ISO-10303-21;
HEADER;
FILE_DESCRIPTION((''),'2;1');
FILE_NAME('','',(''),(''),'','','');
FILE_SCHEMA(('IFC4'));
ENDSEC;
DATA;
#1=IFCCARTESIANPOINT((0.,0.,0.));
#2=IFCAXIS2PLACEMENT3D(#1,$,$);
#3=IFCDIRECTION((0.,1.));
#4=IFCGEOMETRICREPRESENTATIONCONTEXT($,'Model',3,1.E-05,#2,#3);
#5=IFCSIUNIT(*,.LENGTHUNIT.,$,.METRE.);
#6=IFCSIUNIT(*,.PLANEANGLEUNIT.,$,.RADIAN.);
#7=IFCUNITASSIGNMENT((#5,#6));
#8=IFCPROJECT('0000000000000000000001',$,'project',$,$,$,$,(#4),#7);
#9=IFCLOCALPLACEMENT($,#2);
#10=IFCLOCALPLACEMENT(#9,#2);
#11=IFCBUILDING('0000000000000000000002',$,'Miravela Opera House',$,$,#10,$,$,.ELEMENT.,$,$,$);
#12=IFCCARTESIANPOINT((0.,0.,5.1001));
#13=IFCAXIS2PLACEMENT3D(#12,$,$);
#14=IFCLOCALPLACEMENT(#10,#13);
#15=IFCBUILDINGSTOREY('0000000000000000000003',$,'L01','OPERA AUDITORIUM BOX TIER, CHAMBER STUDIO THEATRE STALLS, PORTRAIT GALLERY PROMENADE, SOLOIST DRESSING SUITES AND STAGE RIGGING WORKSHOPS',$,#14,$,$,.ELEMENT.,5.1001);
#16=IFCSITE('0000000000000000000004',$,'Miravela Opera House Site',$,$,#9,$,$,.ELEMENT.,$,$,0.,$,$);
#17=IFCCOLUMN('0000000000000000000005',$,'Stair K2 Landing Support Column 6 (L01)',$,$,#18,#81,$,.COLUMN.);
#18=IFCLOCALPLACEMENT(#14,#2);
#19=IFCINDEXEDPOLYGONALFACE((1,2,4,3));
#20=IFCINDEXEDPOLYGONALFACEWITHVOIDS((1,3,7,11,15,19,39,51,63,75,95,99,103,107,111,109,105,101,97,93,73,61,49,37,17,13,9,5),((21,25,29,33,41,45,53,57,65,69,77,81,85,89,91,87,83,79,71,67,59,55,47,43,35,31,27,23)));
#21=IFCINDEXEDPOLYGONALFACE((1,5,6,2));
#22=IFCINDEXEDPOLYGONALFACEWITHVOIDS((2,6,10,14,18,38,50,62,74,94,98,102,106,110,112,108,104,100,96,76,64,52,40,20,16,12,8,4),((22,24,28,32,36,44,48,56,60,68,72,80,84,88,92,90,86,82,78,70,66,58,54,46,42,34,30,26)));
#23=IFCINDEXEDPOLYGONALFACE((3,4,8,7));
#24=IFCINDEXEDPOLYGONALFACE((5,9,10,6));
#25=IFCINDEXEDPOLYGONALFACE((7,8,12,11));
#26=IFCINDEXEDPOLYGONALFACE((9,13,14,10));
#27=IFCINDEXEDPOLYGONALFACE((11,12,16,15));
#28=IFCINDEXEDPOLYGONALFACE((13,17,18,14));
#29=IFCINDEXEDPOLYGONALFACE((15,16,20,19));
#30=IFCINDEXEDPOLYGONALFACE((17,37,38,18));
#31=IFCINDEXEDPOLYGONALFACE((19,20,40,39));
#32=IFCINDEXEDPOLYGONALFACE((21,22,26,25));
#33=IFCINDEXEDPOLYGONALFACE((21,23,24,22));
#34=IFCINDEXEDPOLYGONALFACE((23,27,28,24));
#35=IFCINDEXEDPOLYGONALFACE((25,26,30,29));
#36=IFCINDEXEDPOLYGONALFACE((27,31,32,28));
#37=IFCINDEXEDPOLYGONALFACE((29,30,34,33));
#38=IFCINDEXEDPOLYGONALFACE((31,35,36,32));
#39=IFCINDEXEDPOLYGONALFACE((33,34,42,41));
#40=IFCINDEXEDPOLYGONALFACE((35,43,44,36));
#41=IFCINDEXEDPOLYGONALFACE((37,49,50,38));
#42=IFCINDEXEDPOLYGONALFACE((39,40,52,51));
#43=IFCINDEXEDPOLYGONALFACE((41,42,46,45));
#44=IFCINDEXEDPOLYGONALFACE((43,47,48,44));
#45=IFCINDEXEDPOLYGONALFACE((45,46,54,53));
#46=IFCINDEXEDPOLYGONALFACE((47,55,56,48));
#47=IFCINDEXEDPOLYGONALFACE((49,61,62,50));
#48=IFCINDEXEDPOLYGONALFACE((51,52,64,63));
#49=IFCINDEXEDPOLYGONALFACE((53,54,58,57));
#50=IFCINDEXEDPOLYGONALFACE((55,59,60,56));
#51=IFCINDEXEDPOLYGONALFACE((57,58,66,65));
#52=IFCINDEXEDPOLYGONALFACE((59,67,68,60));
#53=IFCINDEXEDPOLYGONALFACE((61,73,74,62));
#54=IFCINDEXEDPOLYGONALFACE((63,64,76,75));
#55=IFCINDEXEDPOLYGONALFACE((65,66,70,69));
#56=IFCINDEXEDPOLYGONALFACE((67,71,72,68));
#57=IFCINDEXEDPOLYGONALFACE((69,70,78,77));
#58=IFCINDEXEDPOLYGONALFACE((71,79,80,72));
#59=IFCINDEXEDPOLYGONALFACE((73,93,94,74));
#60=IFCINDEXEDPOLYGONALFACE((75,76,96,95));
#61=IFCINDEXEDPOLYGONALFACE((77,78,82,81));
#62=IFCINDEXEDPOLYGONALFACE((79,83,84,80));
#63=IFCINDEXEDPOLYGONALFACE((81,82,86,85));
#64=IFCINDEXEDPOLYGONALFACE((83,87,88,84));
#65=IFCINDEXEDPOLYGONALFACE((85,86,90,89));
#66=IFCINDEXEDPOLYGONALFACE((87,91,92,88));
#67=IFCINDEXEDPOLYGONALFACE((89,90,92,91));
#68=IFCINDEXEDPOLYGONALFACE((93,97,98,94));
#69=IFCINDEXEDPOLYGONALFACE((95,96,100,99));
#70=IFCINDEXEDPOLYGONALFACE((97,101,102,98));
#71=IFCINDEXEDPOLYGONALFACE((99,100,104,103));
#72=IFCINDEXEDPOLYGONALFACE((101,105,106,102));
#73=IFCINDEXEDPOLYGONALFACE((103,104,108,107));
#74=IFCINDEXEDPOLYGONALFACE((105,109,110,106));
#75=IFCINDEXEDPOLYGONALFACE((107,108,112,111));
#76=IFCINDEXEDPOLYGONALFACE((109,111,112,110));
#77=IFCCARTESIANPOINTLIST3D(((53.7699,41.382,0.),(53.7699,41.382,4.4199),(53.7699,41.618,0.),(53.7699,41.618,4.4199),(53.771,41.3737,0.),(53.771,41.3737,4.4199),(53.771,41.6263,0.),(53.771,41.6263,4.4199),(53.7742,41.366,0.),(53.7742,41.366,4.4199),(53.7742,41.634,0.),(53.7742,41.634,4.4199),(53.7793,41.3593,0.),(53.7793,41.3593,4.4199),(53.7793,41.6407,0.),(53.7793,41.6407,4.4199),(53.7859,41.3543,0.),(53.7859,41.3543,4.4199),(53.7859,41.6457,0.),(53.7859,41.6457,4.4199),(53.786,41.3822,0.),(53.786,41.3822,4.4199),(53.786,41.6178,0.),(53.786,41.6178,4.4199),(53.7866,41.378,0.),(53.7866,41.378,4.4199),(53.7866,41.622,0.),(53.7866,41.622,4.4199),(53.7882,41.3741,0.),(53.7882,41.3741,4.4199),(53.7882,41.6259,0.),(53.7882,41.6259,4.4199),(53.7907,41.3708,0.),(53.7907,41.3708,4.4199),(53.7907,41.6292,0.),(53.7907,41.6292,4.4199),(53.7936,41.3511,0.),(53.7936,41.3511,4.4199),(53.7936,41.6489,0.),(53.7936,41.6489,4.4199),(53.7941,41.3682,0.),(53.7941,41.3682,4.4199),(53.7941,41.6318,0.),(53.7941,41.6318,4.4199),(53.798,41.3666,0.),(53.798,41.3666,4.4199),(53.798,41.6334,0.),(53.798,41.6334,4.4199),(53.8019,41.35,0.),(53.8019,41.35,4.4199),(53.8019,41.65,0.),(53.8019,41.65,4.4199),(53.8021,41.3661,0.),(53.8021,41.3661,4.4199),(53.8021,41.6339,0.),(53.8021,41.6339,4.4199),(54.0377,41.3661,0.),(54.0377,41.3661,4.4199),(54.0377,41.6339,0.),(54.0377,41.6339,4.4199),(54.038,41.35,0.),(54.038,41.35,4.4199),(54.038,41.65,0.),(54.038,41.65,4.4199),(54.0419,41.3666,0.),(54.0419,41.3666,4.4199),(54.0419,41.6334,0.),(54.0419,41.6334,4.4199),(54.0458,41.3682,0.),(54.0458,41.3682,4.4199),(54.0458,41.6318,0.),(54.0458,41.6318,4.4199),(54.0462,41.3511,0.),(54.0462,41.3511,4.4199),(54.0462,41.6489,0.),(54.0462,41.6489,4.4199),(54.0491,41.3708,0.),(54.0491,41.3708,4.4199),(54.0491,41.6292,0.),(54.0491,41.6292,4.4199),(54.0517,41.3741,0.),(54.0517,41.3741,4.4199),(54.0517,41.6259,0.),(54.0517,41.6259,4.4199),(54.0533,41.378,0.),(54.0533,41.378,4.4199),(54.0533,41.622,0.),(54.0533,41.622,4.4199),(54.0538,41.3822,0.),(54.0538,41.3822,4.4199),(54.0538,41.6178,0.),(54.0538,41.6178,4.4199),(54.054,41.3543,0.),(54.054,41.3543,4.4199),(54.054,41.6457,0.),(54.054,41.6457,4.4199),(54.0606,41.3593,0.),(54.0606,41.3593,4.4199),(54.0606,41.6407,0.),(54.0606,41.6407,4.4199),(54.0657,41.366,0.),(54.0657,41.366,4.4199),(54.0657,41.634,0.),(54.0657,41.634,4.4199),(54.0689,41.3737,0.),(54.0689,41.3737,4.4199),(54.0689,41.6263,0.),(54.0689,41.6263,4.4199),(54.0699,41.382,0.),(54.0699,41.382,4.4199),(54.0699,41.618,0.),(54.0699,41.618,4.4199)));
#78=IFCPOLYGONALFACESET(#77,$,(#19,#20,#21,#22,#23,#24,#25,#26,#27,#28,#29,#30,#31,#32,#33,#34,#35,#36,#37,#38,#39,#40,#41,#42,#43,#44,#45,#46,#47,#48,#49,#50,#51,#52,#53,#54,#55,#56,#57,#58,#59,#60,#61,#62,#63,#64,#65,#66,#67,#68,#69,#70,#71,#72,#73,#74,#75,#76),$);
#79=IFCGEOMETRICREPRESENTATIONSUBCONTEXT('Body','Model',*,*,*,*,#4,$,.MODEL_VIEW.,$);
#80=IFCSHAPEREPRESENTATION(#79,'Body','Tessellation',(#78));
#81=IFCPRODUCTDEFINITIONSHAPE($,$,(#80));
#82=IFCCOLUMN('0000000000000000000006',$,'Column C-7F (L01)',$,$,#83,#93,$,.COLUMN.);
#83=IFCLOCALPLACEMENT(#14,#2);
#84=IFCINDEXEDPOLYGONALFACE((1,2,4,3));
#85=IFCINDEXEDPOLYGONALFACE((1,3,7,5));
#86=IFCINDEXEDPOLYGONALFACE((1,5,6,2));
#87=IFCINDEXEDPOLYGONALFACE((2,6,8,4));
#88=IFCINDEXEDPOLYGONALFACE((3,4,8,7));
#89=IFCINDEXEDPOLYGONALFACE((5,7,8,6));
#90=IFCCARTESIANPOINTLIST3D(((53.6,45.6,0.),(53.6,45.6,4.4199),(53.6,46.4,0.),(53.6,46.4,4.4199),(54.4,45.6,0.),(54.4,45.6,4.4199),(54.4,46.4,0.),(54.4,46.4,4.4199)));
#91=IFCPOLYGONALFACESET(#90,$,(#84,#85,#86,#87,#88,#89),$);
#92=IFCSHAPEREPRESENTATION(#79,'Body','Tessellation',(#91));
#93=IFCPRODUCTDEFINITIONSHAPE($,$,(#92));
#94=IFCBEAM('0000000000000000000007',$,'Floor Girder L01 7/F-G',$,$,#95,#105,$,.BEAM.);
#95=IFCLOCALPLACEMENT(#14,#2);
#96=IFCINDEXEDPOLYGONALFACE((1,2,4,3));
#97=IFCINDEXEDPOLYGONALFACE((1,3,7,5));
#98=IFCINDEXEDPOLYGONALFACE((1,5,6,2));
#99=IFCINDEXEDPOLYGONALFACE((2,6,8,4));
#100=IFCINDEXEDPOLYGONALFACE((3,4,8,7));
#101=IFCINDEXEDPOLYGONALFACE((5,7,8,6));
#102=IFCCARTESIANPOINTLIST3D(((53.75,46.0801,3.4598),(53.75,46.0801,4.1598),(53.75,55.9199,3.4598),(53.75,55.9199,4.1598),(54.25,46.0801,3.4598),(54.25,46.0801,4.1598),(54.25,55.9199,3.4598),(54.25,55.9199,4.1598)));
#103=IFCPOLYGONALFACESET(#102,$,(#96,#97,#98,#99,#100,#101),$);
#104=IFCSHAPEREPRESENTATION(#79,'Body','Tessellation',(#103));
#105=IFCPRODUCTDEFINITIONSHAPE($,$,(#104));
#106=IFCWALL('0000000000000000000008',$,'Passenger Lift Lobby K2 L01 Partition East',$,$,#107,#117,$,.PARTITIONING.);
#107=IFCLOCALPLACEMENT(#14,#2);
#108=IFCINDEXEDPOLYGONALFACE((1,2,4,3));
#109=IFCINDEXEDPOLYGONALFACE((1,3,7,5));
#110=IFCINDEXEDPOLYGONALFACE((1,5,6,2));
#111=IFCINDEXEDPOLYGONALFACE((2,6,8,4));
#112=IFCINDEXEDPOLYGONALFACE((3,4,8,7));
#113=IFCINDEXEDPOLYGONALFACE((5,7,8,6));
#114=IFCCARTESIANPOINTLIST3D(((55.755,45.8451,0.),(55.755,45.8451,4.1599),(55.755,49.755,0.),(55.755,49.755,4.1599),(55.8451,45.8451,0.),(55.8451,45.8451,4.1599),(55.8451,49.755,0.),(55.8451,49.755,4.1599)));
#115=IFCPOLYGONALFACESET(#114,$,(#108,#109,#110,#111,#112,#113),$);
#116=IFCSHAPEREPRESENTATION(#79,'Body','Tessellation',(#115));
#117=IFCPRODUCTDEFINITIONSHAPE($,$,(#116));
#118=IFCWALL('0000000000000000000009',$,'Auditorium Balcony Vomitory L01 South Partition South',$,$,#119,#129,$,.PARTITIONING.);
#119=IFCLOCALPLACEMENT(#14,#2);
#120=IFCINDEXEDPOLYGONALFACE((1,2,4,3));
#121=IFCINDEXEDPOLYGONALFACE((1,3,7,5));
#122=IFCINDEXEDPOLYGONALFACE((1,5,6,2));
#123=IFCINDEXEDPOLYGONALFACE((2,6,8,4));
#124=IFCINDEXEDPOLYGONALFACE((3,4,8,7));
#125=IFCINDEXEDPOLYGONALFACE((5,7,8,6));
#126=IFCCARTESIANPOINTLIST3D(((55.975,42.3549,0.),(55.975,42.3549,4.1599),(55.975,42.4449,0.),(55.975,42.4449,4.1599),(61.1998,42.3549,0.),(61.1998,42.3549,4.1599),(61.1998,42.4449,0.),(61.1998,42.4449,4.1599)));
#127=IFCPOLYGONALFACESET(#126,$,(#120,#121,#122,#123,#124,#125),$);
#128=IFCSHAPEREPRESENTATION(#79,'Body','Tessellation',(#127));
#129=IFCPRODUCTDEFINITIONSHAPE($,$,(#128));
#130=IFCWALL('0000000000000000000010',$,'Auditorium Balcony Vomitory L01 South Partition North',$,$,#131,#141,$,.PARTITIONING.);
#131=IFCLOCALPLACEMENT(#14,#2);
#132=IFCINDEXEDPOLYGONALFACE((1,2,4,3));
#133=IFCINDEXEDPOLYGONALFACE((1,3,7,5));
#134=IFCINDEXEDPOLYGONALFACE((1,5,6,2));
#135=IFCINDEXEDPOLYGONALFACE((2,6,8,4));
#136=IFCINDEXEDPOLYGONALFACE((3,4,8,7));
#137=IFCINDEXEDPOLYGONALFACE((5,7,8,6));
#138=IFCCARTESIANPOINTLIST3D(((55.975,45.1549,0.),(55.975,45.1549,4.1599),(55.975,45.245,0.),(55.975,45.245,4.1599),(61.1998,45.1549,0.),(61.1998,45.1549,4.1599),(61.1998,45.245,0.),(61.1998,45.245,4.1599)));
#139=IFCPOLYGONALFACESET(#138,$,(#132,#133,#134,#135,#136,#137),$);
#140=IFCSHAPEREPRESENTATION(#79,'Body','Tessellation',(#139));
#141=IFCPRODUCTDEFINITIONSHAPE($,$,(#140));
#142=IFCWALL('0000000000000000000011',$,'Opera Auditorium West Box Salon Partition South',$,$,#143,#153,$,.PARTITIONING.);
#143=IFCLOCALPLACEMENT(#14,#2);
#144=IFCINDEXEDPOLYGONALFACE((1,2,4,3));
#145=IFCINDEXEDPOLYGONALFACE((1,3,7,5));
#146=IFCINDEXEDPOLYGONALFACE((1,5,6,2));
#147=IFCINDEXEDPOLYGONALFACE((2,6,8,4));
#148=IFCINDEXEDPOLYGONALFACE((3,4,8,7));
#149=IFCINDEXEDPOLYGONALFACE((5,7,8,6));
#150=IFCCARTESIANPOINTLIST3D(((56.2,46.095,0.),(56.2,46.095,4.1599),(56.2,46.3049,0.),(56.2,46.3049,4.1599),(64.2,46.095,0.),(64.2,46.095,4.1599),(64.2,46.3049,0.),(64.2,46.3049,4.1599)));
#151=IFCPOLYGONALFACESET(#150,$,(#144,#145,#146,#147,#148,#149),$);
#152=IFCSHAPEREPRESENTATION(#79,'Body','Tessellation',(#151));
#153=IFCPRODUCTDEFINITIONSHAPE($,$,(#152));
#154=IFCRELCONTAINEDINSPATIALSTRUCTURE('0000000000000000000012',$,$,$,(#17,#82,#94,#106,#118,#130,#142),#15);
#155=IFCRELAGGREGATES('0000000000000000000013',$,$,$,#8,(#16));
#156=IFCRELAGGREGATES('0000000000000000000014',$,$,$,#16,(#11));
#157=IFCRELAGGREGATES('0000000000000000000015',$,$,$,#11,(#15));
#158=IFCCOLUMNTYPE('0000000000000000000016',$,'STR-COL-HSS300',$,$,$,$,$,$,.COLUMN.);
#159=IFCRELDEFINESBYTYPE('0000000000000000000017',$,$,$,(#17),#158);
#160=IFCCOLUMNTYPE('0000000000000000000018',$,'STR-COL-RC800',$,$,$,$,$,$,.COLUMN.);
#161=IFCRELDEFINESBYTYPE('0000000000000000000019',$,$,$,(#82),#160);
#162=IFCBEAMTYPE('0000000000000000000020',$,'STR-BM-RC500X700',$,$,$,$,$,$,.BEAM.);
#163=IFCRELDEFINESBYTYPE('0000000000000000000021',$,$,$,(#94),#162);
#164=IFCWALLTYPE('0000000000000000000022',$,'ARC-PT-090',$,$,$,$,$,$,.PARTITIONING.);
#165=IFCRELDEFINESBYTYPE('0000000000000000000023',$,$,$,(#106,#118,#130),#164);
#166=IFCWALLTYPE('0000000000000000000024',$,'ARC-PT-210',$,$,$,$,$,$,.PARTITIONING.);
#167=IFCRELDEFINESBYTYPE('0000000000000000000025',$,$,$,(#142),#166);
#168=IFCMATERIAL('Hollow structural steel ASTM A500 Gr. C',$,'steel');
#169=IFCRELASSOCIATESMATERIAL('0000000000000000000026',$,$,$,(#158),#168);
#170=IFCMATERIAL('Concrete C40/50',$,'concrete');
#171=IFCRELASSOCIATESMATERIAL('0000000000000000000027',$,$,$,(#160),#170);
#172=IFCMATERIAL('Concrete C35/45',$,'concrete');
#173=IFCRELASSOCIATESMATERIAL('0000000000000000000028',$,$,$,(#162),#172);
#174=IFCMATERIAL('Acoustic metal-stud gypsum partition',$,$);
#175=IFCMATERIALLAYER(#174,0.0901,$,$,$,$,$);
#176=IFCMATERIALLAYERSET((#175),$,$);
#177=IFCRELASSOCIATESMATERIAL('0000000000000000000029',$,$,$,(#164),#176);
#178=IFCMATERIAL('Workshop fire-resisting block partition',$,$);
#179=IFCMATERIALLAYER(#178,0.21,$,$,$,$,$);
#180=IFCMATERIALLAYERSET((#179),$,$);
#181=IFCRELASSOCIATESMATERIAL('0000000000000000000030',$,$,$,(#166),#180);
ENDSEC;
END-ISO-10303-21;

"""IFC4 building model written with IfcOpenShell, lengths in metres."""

from ifc_helpers import new_model, si_unit, direction, frame, frame_2d, origin, origin_2d, place, context, subcontext, project, spatial, rectangle, hollow_rectangle, extrude, material, layer, layer_set, material_profile, profile_set, type_object, element, save


model = new_model("IFC4")

# Units and contexts
model_context = context("Model", 3, precision=1e-05, world=origin(), true_north=direction((0.0, 1.0)))
body_context = subcontext(model_context, "Body", "Model", "MODEL_VIEW")
ifc_project = project(units=[si_unit("LENGTHUNIT", "METRE"), si_unit("PLANEANGLEUNIT", "RADIAN")], contexts=[model_context])

# Site, building, storey
site_placement = place(None, origin())
site = spatial("IfcSite", under=ifc_project, at=site_placement, Name="Miravela Opera House Site", CompositionType="ELEMENT", RefElevation=0.0)
building_placement = place(site_placement, origin())
building = spatial("IfcBuilding", under=site, at=building_placement, Name="Miravela Opera House", CompositionType="ELEMENT")
storey_placement = place(building_placement, frame((0.0, 0.0, 5.1001)))
storey = spatial("IfcBuildingStorey", under=building, at=storey_placement, Name="L01", Description="OPERA AUDITORIUM BOX TIER, CHAMBER STUDIO THEATRE STALLS, PORTRAIT GALLERY PROMENADE, SOLOIST DRESSING SUITES AND STAGE RIGGING WORKSHOPS", CompositionType="ELEMENT", Elevation=5.1001)

# Columns
ifc_material_1 = material(Name="Hollow structural steel ASTM A500 Gr. C", Category="steel")
ifc_material_profile_1 = material_profile(ifc_material_1, hollow_rectangle(XDim=0.3, YDim=0.3, WallThickness=0.0161, InnerFilletRadius=0.0161, OuterFilletRadius=0.032, at=origin_2d()), Name="HSS300X300X16")
ifc_profile_set_1 = profile_set([ifc_material_profile_1])
column_type_1 = type_object("IfcColumnType", Name="STR-COL-HSS300", PredefinedType="COLUMN", material=ifc_profile_set_1)
for number, where, z_axis, x_axis, name in (
    (1, (53.9199, 41.5, 0.0), (0.0, 0.0, 1.0), (1.0, 0.0, 0.0), "Stair K2 Landing Support Column 6 (L01)"),
):
    element("IfcColumn", number, at=place(storey_placement, frame(where, z_axis=z_axis, x_axis=x_axis)), inside=storey, type_object=column_type_1, Name=name, PredefinedType="COLUMN", context=body_context, shape_type="SweptSolid", body=[
        extrude(hollow_rectangle(XDim=0.3, YDim=0.3, WallThickness=0.0161, InnerFilletRadius=0.0161, OuterFilletRadius=0.032, at=origin_2d()), origin(), (0.0, 0.0, 1.0), 4.4199),
    ])
ifc_material_2 = material(Name="Concrete C40/50", Category="concrete")
ifc_material_profile_2 = material_profile(ifc_material_2, rectangle(XDim=0.8, YDim=0.8, at=origin_2d()), Name="RC-COL-800X800")
ifc_profile_set_2 = profile_set([ifc_material_profile_2])
column_type_2 = type_object("IfcColumnType", Name="STR-COL-RC800", PredefinedType="COLUMN", material=ifc_profile_set_2)
column_placement = place(storey_placement, frame((54.0, 46.0, 0.0), z_axis=(0.0, 0.0, 1.0), x_axis=(1.0, 0.0, 0.0)))
element("IfcColumn", 2, at=column_placement, inside=storey, type_object=column_type_2, Name="Column C-7F (L01)", PredefinedType="COLUMN", context=body_context, shape_type="SweptSolid", body=[
    extrude(rectangle(XDim=0.8, YDim=0.8, at=origin_2d()), origin(), (0.0, 0.0, 1.0), 4.4199),
])

# Beam
ifc_material_3 = material(Name="Concrete C35/45", Category="concrete")
ifc_material_profile_3 = material_profile(ifc_material_3, rectangle(XDim=0.5, YDim=0.7, at=origin_2d()), Name="RC-BM-500X700")
ifc_profile_set_3 = profile_set([ifc_material_profile_3])
beam_type = type_object("IfcBeamType", Name="STR-BM-RC500X700", PredefinedType="BEAM", material=ifc_profile_set_3)
beam_placement = place(storey_placement, frame((54.0, 46.0801, 3.8098), z_axis=(0.0, 1.0, 0.0), x_axis=(-1.0, 0.0, 0.0)))
element("IfcBeam", 3, at=beam_placement, inside=storey, type_object=beam_type, Name="Floor Girder L01 7/F-G", PredefinedType="BEAM", context=body_context, shape_type="SweptSolid", body=[
    extrude(rectangle(XDim=0.5, YDim=0.7, at=origin_2d()), origin(), (0.0, 0.0, 1.0), 9.8398),
])

# Walls
ifc_material_4 = material(Name="Acoustic metal-stud gypsum partition")
ifc_layer_1 = layer(ifc_material_4, 0.0901)
ifc_layer_set_1 = layer_set([ifc_layer_1])
wall_type_1 = type_object("IfcWallType", Name="ARC-PT-090", PredefinedType="PARTITIONING", material=ifc_layer_set_1)
wall_1_placement = place(storey_placement, frame((55.8, 45.845, 0.0), z_axis=(0.0, 0.0, 1.0), x_axis=(0.0, 1.0, 0.0)))
element("IfcWall", 4, at=wall_1_placement, inside=storey, type_object=wall_type_1, Name="Passenger Lift Lobby K2 L01 Partition East", PredefinedType="PARTITIONING", context=body_context, shape_type="SweptSolid", body=[
    extrude(rectangle(XDim=3.9099, YDim=0.0901, at=frame_2d((1.9551, 0.0))), origin(), (0.0, 0.0, 1.0), 4.1599),
])
for number, where, z_axis, x_axis, name in (
    (5, (55.9751, 42.3999, 0.0), (0.0, 0.0, 1.0), (1.0, 0.0, 0.0), "Auditorium Balcony Vomitory L01 South Partition South"),
    (6, (55.9751, 45.2, 0.0), (0.0, 0.0, 1.0), (1.0, 0.0, 0.0), "Auditorium Balcony Vomitory L01 South Partition North"),
):
    element("IfcWall", number, at=place(storey_placement, frame(where, z_axis=z_axis, x_axis=x_axis)), inside=storey, type_object=wall_type_1, Name=name, PredefinedType="PARTITIONING", context=body_context, shape_type="SweptSolid", body=[
        extrude(rectangle(XDim=5.2249, YDim=0.0901, at=frame_2d((2.6123, 0.0))), origin(), (0.0, 0.0, 1.0), 4.1599),
    ])
ifc_material_5 = material(Name="Workshop fire-resisting block partition")
ifc_layer_2 = layer(ifc_material_5, 0.21)
ifc_layer_set_2 = layer_set([ifc_layer_2])
wall_type_2 = type_object("IfcWallType", Name="ARC-PT-210", PredefinedType="PARTITIONING", material=ifc_layer_set_2)
wall_2_placement = place(storey_placement, frame((56.2, 46.2, 0.0), z_axis=(0.0, 0.0, 1.0), x_axis=(1.0, 0.0, 0.0)))
element("IfcWall", 7, at=wall_2_placement, inside=storey, type_object=wall_type_2, Name="Opera Auditorium West Box Salon Partition South", PredefinedType="PARTITIONING", context=body_context, shape_type="SweptSolid", body=[
    extrude(rectangle(XDim=8.0, YDim=0.21, at=frame_2d((4.0, 0.0))), origin(), (0.0, 0.0, 1.0), 4.1599),
])

save(model, "model.ifc")
